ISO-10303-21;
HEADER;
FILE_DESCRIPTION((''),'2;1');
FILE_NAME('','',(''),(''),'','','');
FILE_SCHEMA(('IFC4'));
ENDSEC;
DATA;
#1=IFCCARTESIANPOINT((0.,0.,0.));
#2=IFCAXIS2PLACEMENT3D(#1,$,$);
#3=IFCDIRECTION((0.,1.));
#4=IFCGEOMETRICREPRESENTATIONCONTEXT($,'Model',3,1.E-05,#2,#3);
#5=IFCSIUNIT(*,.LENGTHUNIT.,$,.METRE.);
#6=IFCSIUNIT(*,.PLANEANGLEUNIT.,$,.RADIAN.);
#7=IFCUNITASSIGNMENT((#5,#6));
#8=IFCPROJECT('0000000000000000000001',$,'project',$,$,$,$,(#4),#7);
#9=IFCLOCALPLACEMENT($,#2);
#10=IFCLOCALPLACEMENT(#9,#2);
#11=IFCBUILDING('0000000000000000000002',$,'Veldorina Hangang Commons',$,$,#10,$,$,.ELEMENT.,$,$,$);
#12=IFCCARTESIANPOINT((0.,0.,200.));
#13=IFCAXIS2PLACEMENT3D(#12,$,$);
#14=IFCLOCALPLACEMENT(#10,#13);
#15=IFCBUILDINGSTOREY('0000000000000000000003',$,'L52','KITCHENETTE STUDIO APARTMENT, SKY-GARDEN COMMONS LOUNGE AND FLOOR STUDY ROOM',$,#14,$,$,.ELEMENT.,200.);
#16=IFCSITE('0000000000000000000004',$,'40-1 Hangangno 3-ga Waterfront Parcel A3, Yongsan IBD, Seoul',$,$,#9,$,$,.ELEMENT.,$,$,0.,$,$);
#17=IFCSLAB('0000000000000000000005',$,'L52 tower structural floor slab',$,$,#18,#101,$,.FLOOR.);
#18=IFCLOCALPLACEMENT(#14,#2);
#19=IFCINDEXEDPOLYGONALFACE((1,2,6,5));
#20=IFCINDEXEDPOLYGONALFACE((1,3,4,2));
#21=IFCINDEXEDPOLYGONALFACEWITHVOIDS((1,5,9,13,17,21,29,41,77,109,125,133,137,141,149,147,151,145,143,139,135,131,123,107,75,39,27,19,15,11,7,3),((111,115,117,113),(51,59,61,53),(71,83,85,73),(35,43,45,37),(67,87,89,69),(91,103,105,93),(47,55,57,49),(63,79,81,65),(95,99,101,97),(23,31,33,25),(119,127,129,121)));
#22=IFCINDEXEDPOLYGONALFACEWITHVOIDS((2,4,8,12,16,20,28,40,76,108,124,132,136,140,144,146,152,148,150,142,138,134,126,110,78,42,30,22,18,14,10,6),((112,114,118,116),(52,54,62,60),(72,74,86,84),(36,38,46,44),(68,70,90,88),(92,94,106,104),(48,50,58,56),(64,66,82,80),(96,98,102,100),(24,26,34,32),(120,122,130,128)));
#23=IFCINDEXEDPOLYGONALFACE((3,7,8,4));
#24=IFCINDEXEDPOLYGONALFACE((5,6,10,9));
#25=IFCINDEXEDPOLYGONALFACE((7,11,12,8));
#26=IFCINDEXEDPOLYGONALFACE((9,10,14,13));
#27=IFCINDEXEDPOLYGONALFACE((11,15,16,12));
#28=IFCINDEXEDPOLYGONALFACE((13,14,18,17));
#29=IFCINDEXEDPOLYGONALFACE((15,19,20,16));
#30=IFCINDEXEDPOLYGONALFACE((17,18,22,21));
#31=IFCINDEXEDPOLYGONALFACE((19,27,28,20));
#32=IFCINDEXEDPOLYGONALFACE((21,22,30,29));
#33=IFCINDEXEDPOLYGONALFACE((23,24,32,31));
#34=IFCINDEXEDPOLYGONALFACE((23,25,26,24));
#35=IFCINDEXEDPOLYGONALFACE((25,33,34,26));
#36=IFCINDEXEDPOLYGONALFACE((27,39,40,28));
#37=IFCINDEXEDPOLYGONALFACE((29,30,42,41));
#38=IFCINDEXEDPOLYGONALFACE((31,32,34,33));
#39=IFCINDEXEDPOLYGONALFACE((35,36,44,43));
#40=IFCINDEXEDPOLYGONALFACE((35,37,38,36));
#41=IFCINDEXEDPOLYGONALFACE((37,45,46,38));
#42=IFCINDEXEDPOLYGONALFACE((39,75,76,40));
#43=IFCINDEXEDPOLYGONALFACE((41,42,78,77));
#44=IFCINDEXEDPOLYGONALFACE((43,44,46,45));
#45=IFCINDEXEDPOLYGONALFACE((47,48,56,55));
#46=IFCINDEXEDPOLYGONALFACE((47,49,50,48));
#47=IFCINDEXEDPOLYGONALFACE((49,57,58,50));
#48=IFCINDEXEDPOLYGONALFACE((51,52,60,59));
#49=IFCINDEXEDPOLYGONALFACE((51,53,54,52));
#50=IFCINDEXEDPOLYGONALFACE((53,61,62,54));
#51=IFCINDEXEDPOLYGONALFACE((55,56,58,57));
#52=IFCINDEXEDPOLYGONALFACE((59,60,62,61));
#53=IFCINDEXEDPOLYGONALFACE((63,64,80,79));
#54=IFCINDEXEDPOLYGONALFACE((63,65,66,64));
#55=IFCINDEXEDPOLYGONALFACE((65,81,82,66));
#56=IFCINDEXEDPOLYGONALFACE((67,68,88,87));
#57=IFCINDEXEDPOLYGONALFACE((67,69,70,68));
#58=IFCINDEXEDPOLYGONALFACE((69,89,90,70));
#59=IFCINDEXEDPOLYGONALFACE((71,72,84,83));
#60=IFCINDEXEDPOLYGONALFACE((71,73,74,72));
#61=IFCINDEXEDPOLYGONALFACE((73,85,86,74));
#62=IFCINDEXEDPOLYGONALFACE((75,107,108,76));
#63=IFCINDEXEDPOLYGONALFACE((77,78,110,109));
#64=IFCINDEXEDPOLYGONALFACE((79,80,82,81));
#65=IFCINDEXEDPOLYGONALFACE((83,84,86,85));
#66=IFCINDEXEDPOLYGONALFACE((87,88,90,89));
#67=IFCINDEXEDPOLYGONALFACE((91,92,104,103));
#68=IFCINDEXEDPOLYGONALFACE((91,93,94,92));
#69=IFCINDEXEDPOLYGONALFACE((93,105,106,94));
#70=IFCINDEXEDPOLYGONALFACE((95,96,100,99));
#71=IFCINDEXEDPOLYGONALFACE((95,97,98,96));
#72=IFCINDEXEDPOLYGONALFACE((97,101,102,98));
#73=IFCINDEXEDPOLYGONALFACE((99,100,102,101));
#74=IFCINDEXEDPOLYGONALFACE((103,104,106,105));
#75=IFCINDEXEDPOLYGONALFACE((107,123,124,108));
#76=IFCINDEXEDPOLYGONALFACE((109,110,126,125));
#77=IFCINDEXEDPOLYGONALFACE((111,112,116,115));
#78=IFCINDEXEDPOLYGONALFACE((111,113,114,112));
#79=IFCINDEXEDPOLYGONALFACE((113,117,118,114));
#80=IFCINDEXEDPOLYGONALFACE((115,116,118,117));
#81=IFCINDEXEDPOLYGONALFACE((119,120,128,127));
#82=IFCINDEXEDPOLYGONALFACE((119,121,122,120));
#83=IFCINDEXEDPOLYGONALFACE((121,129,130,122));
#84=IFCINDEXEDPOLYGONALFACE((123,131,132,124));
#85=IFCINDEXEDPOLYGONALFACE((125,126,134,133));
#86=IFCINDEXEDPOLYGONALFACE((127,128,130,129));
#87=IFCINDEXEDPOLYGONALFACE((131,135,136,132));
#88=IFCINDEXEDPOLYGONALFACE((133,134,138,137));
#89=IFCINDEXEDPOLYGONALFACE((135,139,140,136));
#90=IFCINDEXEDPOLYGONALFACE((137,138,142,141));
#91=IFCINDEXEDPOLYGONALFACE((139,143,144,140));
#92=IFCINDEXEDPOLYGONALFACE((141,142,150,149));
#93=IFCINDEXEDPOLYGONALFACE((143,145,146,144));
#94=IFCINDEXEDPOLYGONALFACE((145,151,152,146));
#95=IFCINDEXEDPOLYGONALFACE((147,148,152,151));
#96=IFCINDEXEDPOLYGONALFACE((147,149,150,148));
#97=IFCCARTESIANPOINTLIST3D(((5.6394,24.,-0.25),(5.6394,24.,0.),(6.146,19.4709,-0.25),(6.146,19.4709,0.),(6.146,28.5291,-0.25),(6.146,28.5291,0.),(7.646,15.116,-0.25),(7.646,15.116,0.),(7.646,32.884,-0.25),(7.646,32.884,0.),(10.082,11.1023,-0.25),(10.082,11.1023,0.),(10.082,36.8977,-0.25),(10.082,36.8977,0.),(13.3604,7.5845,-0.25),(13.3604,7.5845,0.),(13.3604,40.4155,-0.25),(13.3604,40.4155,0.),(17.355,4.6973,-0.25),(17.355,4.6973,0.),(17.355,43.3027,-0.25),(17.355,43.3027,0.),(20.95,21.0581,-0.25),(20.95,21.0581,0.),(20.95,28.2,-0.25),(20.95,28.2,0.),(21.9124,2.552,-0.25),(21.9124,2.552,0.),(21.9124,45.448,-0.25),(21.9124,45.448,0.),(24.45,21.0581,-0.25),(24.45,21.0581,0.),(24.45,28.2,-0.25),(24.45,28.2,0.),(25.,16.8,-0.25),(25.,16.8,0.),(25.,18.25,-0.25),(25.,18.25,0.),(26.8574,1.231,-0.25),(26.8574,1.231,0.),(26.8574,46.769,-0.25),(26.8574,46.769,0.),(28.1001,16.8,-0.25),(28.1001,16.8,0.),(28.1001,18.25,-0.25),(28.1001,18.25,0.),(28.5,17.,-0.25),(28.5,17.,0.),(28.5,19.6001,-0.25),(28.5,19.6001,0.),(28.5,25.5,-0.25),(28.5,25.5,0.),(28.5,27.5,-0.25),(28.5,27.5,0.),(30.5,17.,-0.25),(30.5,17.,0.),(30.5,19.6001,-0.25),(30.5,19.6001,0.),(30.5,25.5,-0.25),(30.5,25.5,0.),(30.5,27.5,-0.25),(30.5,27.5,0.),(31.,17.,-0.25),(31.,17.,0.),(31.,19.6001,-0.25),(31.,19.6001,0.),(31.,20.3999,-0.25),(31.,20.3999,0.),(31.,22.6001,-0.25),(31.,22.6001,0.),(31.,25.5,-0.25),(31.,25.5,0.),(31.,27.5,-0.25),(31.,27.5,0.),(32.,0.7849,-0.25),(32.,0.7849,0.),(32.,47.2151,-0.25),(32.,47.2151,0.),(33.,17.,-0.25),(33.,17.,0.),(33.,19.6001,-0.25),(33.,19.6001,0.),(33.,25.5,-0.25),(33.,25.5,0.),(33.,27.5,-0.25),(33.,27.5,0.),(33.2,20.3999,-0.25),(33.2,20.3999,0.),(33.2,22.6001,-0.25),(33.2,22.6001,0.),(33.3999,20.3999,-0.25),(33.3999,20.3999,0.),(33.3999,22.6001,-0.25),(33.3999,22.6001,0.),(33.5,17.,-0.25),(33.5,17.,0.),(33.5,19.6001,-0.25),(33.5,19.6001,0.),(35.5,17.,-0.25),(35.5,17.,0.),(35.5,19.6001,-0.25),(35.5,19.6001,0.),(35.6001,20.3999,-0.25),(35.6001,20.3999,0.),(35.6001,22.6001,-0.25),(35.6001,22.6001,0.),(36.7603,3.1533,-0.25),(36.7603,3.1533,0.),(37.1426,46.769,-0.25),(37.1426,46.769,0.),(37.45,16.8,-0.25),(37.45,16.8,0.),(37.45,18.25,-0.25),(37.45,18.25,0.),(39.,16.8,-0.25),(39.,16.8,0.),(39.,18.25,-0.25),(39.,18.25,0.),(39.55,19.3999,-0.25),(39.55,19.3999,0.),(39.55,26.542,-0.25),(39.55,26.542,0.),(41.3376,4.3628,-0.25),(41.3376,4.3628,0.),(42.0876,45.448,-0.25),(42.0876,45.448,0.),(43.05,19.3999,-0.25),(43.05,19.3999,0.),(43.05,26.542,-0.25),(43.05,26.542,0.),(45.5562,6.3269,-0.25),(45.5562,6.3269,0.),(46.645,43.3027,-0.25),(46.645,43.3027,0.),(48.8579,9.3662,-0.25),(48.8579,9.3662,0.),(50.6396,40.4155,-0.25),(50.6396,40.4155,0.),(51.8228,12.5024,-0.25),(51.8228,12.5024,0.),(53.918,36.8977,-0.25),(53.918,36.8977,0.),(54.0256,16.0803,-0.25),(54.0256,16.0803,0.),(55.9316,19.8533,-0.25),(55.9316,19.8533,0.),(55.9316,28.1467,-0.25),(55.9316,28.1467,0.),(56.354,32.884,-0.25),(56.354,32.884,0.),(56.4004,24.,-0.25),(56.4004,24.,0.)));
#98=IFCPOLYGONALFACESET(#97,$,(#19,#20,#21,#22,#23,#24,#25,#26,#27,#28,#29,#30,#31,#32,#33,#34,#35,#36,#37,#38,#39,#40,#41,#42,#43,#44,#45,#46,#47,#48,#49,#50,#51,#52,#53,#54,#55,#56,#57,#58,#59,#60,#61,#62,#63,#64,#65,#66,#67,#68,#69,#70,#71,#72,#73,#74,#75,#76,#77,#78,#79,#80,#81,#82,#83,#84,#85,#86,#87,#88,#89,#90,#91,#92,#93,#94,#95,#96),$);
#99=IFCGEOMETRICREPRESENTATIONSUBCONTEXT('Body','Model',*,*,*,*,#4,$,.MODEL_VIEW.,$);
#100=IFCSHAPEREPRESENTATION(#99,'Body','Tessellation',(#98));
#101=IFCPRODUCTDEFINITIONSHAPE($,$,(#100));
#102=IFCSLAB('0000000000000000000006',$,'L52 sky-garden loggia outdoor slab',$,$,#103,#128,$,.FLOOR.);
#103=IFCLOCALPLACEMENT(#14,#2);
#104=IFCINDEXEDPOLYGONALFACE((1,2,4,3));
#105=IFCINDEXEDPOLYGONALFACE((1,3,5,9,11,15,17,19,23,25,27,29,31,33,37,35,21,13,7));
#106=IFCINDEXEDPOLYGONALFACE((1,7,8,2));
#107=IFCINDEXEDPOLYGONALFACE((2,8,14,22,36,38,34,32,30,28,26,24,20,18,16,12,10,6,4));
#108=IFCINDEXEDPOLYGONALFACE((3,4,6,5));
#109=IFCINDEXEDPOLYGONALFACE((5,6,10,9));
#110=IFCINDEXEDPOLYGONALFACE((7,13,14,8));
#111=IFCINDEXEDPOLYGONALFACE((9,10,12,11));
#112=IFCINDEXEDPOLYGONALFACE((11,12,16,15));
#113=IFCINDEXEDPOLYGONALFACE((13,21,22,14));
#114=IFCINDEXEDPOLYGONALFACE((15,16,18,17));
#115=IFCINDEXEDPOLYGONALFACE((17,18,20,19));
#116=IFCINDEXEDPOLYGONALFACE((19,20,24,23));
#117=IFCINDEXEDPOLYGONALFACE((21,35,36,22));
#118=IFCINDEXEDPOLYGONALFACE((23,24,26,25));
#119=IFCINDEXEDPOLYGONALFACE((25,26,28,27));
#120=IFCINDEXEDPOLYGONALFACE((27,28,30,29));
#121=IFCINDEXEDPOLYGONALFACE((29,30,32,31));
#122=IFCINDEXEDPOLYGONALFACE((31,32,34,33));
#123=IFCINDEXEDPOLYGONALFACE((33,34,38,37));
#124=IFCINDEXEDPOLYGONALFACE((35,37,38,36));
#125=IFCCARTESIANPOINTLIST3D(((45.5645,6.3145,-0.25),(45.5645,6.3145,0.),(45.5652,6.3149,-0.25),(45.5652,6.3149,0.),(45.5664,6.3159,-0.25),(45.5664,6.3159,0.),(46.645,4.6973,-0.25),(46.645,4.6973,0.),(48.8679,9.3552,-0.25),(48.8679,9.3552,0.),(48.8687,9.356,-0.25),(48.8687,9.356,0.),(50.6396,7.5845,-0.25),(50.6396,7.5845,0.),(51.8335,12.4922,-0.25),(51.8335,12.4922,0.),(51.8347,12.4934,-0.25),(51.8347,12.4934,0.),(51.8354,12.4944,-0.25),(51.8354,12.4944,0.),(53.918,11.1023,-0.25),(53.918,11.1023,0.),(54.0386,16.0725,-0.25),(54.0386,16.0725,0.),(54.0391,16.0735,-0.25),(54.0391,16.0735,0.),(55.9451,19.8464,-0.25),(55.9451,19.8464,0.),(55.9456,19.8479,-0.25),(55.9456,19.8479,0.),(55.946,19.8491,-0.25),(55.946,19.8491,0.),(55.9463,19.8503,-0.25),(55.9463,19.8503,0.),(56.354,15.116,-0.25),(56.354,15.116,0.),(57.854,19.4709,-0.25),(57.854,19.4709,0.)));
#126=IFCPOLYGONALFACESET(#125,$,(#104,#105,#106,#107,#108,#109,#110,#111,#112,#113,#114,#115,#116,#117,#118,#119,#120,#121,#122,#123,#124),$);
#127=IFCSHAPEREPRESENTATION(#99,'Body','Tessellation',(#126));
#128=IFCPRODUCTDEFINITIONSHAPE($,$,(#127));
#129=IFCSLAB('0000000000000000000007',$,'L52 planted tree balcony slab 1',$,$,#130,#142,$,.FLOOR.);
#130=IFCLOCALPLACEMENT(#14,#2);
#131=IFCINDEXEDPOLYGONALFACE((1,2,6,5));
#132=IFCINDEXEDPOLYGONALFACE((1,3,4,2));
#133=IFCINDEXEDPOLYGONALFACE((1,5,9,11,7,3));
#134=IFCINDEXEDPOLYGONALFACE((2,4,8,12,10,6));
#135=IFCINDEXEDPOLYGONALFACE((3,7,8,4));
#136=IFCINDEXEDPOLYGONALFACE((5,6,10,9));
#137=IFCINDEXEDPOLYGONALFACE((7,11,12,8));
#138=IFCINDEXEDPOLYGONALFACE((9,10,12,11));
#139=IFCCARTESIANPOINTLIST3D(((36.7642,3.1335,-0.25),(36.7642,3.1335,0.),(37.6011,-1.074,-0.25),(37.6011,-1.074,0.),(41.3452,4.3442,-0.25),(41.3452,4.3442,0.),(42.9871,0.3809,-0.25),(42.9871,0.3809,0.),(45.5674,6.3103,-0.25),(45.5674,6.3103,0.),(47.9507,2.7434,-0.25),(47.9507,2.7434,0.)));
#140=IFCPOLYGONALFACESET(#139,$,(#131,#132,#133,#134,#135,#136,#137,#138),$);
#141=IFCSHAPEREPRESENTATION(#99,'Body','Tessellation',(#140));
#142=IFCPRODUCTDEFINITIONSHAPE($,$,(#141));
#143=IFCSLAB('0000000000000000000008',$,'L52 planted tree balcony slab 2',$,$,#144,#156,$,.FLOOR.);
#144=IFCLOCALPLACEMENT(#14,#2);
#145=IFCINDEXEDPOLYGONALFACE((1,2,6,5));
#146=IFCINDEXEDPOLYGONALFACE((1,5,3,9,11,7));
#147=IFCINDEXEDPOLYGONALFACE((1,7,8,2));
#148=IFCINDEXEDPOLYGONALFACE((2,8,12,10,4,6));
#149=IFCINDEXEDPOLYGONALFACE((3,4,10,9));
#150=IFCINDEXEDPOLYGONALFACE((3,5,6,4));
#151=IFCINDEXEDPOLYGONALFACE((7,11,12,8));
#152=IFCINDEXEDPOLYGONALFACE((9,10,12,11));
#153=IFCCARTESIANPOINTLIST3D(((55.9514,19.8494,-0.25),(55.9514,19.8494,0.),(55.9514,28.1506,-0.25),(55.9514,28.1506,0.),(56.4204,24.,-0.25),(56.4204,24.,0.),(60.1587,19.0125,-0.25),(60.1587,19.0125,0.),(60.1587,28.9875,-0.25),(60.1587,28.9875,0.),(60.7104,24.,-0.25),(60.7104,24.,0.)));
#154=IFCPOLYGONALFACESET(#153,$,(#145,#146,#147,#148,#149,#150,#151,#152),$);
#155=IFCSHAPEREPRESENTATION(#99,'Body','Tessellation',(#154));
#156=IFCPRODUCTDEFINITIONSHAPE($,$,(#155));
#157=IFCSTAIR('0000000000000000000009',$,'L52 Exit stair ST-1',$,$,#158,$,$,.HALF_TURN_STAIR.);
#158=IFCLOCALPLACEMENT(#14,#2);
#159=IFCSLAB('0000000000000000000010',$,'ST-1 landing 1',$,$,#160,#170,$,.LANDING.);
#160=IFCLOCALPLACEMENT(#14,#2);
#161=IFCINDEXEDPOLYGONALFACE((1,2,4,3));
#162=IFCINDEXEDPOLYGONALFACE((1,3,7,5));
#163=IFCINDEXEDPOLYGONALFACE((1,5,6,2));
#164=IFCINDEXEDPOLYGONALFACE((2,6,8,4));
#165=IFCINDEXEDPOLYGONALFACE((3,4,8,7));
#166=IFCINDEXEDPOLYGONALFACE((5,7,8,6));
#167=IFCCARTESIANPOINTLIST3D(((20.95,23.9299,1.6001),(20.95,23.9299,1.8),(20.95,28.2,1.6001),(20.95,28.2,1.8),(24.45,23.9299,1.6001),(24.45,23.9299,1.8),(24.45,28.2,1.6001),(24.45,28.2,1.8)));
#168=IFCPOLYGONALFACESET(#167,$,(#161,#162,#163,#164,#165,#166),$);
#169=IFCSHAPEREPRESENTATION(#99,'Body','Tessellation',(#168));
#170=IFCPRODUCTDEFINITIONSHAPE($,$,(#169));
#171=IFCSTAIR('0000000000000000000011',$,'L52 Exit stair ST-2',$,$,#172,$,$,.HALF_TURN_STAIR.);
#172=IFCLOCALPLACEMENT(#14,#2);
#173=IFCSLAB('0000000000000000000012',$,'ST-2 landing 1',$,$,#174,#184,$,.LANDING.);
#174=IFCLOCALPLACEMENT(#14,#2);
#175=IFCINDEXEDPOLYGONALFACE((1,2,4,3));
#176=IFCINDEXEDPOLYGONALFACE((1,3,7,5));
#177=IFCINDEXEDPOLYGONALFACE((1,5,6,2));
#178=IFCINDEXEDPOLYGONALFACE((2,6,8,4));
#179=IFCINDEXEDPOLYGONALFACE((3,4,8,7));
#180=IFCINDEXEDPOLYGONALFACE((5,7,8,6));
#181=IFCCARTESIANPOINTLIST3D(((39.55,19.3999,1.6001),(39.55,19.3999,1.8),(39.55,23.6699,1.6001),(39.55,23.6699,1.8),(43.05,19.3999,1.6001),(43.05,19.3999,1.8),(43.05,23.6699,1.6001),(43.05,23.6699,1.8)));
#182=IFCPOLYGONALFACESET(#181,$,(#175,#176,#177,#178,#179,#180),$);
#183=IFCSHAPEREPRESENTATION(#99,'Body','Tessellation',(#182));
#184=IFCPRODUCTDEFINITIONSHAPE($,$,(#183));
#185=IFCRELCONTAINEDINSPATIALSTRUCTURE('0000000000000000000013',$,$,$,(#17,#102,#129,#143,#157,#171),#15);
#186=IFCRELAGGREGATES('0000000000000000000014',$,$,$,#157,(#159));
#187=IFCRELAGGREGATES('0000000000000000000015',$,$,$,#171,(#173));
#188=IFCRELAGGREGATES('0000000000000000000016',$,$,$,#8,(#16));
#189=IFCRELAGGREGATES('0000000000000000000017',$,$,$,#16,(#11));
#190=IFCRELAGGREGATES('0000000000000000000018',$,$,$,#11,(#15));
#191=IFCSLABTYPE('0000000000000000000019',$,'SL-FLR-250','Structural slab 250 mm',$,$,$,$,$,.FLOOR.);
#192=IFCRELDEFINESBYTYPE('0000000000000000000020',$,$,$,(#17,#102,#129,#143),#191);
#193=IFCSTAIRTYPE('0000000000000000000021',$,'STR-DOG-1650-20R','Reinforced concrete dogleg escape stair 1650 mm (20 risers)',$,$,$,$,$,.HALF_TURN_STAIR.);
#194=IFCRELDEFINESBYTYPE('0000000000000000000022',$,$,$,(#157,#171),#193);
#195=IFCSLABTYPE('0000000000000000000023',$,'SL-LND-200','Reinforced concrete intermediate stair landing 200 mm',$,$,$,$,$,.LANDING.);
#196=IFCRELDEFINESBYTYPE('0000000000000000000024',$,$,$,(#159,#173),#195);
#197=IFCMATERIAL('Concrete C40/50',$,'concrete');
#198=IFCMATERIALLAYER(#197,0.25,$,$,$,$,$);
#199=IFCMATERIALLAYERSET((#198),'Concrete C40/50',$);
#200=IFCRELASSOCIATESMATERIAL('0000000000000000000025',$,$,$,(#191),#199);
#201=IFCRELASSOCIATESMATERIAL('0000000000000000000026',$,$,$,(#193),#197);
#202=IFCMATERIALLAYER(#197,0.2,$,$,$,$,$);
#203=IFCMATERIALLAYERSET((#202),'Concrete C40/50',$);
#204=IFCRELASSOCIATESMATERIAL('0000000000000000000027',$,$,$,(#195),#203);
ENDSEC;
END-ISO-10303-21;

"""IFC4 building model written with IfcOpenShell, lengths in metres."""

from ifc_helpers import new_model, si_unit, direction, frame, origin, place, context, subcontext, project, spatial, polyline, outline, extrude, material, layer, layer_set, type_object, element, aggregate, save


model = new_model("IFC4")

# Units and contexts
model_context = context("Model", 3, precision=1e-05, world=origin(), true_north=direction((0.0, 1.0)))
body_context = subcontext(model_context, "Body", "Model", "MODEL_VIEW")
ifc_project = project(units=[si_unit("LENGTHUNIT", "METRE"), si_unit("PLANEANGLEUNIT", "RADIAN")], contexts=[model_context])

# Site, building, storey
site_placement = place(None, origin())
site = spatial("IfcSite", under=ifc_project, at=site_placement, Name="40-1 Hangangno 3-ga Waterfront Parcel A3, Yongsan IBD, Seoul", CompositionType="ELEMENT", RefElevation=0.0)
building_placement = place(site_placement, origin())
building = spatial("IfcBuilding", under=site, at=building_placement, Name="Veldorina Hangang Commons", CompositionType="ELEMENT")
storey_placement = place(building_placement, frame((0.0, 0.0, 200.0)))
storey = spatial("IfcBuildingStorey", under=building, at=storey_placement, Name="L52", Description="KITCHENETTE STUDIO APARTMENT, SKY-GARDEN COMMONS LOUNGE AND FLOOR STUDY ROOM", CompositionType="ELEMENT", Elevation=200.0)

# Slabs
ifc_material_1 = material(Name="Concrete C40/50", Category="concrete")
ifc_layer_1 = layer(ifc_material_1, 0.25)
ifc_layer_set_1 = layer_set([ifc_layer_1], Name="Concrete C40/50")
slab_type_1 = type_object("IfcSlabType", Name="SL-FLR-250", Description="Structural slab 250 mm", PredefinedType="FLOOR", material=ifc_layer_set_1)
slab_1_placement = place(storey_placement, frame((0.0, 0.0, -0.25)))
element("IfcSlab", 1, at=slab_1_placement, inside=storey, type_object=slab_type_1, Name="L52 tower structural floor slab", PredefinedType="FLOOR", context=body_context, shape_type="SweptSolid", body=[
    extrude(outline(polyline([(56.4004, 24.0), (55.9316, 28.1467), (56.354, 32.884), (53.918, 36.8977), (50.6396, 40.4155), (46.645, 43.3027), (42.0876, 45.448), (37.1426, 46.769), (32.0, 47.2151), (26.8574, 46.769), (21.9124, 45.448), (17.355, 43.3027), (13.3604, 40.4155), (10.082, 36.8977), (7.646, 32.884), (6.146, 28.5291), (5.6394, 24.0), (6.146, 19.4709), (7.646, 15.116), (10.082, 11.1023), (13.3604, 7.5845), (17.355, 4.6973), (21.9124, 2.552), (26.8574, 1.231), (32.0, 0.7849), (36.7603, 3.1533), (41.3376, 4.3628), (45.5562, 6.3269), (48.8579, 9.3662), (51.8228, 12.5024), (54.0256, 16.0803), (55.9316, 19.8533), (56.4004, 24.0)]), holes=[polyline([(20.95, 21.0581), (20.95, 28.2), (24.45, 28.2), (24.45, 21.0581), (20.95, 21.0581)]), polyline([(43.05, 26.542), (43.05, 19.3999), (39.55, 19.3999), (39.55, 26.542), (43.05, 26.542)]), polyline([(28.5, 27.5), (30.5, 27.5), (30.5, 25.5), (28.5, 25.5), (28.5, 27.5)]), polyline([(31.0, 27.5), (33.0, 27.5), (33.0, 25.5), (31.0, 25.5), (31.0, 27.5)]), polyline([(31.0, 22.6001), (33.2, 22.6001), (33.2, 20.3999), (31.0, 20.3999), (31.0, 22.6001)]), polyline([(33.3999, 22.6001), (35.6001, 22.6001), (35.6001, 20.3999), (33.3999, 20.3999), (33.3999, 22.6001)]), polyline([(28.5, 19.6001), (30.5, 19.6001), (30.5, 17.0), (28.5, 17.0), (28.5, 19.6001)]), polyline([(31.0, 19.6001), (33.0, 19.6001), (33.0, 17.0), (31.0, 17.0), (31.0, 19.6001)]), polyline([(33.5, 19.6001), (35.5, 19.6001), (35.5, 17.0), (33.5, 17.0), (33.5, 19.6001)]), polyline([(25.0, 18.25), (28.1001, 18.25), (28.1001, 16.8), (25.0, 16.8), (25.0, 18.25)]), polyline([(37.45, 18.25), (39.0, 18.25), (39.0, 16.8), (37.45, 16.8), (37.45, 18.25)])]), origin(), (0.0, 0.0, 1.0), 0.25),
])
slab_2_placement = place(storey_placement, frame((0.0, 0.0, -0.25)))
element("IfcSlab", 2, at=slab_2_placement, inside=storey, type_object=slab_type_1, Name="L52 sky-garden loggia outdoor slab", PredefinedType="FLOOR", context=body_context, shape_type="SweptSolid", body=[
    extrude(outline(polyline([(57.854, 19.4709), (56.354, 15.116), (53.918, 11.1023), (50.6396, 7.5845), (46.645, 4.6973), (45.5645, 6.3145), (45.5652, 6.3149), (45.5664, 6.3159), (48.8679, 9.3552), (48.8687, 9.356), (51.8335, 12.4922), (51.8347, 12.4934), (51.8354, 12.4944), (54.0386, 16.0725), (54.0391, 16.0735), (55.9451, 19.8464), (55.9456, 19.8479), (55.946, 19.8491), (55.9463, 19.8503), (55.9463, 19.8503), (57.854, 19.4709)])), origin(), (0.0, 0.0, 1.0), 0.25),
])
slab_3_placement = place(storey_placement, frame((0.0, 0.0, -0.25)))
element("IfcSlab", 3, at=slab_3_placement, inside=storey, type_object=slab_type_1, Name="L52 planted tree balcony slab 1", PredefinedType="FLOOR", context=body_context, shape_type="SweptSolid", body=[
    extrude(outline(polyline([(41.3452, 4.3442), (45.5674, 6.3103), (47.9507, 2.7434), (42.9871, 0.3809), (37.6011, -1.074), (36.7642, 3.1335), (41.3452, 4.3442)])), origin(), (0.0, 0.0, 1.0), 0.25),
])
slab_4_placement = place(storey_placement, frame((0.0, 0.0, -0.25)))
element("IfcSlab", 4, at=slab_4_placement, inside=storey, type_object=slab_type_1, Name="L52 planted tree balcony slab 2", PredefinedType="FLOOR", context=body_context, shape_type="SweptSolid", body=[
    extrude(outline(polyline([(56.4204, 24.0), (55.9514, 28.1506), (60.1587, 28.9875), (60.7104, 24.0), (60.1587, 19.0125), (55.9514, 19.8494), (56.4204, 24.0)])), origin(), (0.0, 0.0, 1.0), 0.25),
])

# Stairs, slabs
stair_type = type_object("IfcStairType", Name="STR-DOG-1650-20R", Description="Reinforced concrete dogleg escape stair 1650 mm (20 risers)", PredefinedType="HALF_TURN_STAIR", material=ifc_material_1)
stair_1_placement = place(storey_placement, origin())
stair_1 = element("IfcStair", 5, at=stair_1_placement, inside=storey, type_object=stair_type, Name="L52 Exit stair ST-1", PredefinedType="HALF_TURN_STAIR")
ifc_layer_2 = layer(ifc_material_1, 0.2)
ifc_layer_set_2 = layer_set([ifc_layer_2], Name="Concrete C40/50")
slab_type_2 = type_object("IfcSlabType", Name="SL-LND-200", Description="Reinforced concrete intermediate stair landing 200 mm", PredefinedType="LANDING", material=ifc_layer_set_2)
slab_5_placement = place(storey_placement, frame((0.0, 0.0, 1.6001)))
slab_5 = element("IfcSlab", 6, at=slab_5_placement, type_object=slab_type_2, Name="ST-1 landing 1", PredefinedType="LANDING", context=body_context, shape_type="SweptSolid", body=[
    extrude(outline(polyline([(24.45, 23.9299), (24.45, 28.2), (20.95, 28.2), (20.95, 23.9299), (24.45, 23.9299)])), origin(), (0.0, 0.0, 1.0), 0.2),
])
aggregate(stair_1, [slab_5])
stair_2_placement = place(storey_placement, origin())
stair_2 = element("IfcStair", 7, at=stair_2_placement, inside=storey, type_object=stair_type, Name="L52 Exit stair ST-2", PredefinedType="HALF_TURN_STAIR")
slab_6_placement = place(storey_placement, frame((0.0, 0.0, 1.6001)))
slab_6 = element("IfcSlab", 8, at=slab_6_placement, type_object=slab_type_2, Name="ST-2 landing 1", PredefinedType="LANDING", context=body_context, shape_type="SweptSolid", body=[
    extrude(outline(polyline([(39.55, 23.6699), (39.55, 19.3999), (43.05, 19.3999), (43.05, 23.6699), (39.55, 23.6699)])), origin(), (0.0, 0.0, 1.0), 0.2),
])
aggregate(stair_2, [slab_6])

save(model, "model.ifc")
